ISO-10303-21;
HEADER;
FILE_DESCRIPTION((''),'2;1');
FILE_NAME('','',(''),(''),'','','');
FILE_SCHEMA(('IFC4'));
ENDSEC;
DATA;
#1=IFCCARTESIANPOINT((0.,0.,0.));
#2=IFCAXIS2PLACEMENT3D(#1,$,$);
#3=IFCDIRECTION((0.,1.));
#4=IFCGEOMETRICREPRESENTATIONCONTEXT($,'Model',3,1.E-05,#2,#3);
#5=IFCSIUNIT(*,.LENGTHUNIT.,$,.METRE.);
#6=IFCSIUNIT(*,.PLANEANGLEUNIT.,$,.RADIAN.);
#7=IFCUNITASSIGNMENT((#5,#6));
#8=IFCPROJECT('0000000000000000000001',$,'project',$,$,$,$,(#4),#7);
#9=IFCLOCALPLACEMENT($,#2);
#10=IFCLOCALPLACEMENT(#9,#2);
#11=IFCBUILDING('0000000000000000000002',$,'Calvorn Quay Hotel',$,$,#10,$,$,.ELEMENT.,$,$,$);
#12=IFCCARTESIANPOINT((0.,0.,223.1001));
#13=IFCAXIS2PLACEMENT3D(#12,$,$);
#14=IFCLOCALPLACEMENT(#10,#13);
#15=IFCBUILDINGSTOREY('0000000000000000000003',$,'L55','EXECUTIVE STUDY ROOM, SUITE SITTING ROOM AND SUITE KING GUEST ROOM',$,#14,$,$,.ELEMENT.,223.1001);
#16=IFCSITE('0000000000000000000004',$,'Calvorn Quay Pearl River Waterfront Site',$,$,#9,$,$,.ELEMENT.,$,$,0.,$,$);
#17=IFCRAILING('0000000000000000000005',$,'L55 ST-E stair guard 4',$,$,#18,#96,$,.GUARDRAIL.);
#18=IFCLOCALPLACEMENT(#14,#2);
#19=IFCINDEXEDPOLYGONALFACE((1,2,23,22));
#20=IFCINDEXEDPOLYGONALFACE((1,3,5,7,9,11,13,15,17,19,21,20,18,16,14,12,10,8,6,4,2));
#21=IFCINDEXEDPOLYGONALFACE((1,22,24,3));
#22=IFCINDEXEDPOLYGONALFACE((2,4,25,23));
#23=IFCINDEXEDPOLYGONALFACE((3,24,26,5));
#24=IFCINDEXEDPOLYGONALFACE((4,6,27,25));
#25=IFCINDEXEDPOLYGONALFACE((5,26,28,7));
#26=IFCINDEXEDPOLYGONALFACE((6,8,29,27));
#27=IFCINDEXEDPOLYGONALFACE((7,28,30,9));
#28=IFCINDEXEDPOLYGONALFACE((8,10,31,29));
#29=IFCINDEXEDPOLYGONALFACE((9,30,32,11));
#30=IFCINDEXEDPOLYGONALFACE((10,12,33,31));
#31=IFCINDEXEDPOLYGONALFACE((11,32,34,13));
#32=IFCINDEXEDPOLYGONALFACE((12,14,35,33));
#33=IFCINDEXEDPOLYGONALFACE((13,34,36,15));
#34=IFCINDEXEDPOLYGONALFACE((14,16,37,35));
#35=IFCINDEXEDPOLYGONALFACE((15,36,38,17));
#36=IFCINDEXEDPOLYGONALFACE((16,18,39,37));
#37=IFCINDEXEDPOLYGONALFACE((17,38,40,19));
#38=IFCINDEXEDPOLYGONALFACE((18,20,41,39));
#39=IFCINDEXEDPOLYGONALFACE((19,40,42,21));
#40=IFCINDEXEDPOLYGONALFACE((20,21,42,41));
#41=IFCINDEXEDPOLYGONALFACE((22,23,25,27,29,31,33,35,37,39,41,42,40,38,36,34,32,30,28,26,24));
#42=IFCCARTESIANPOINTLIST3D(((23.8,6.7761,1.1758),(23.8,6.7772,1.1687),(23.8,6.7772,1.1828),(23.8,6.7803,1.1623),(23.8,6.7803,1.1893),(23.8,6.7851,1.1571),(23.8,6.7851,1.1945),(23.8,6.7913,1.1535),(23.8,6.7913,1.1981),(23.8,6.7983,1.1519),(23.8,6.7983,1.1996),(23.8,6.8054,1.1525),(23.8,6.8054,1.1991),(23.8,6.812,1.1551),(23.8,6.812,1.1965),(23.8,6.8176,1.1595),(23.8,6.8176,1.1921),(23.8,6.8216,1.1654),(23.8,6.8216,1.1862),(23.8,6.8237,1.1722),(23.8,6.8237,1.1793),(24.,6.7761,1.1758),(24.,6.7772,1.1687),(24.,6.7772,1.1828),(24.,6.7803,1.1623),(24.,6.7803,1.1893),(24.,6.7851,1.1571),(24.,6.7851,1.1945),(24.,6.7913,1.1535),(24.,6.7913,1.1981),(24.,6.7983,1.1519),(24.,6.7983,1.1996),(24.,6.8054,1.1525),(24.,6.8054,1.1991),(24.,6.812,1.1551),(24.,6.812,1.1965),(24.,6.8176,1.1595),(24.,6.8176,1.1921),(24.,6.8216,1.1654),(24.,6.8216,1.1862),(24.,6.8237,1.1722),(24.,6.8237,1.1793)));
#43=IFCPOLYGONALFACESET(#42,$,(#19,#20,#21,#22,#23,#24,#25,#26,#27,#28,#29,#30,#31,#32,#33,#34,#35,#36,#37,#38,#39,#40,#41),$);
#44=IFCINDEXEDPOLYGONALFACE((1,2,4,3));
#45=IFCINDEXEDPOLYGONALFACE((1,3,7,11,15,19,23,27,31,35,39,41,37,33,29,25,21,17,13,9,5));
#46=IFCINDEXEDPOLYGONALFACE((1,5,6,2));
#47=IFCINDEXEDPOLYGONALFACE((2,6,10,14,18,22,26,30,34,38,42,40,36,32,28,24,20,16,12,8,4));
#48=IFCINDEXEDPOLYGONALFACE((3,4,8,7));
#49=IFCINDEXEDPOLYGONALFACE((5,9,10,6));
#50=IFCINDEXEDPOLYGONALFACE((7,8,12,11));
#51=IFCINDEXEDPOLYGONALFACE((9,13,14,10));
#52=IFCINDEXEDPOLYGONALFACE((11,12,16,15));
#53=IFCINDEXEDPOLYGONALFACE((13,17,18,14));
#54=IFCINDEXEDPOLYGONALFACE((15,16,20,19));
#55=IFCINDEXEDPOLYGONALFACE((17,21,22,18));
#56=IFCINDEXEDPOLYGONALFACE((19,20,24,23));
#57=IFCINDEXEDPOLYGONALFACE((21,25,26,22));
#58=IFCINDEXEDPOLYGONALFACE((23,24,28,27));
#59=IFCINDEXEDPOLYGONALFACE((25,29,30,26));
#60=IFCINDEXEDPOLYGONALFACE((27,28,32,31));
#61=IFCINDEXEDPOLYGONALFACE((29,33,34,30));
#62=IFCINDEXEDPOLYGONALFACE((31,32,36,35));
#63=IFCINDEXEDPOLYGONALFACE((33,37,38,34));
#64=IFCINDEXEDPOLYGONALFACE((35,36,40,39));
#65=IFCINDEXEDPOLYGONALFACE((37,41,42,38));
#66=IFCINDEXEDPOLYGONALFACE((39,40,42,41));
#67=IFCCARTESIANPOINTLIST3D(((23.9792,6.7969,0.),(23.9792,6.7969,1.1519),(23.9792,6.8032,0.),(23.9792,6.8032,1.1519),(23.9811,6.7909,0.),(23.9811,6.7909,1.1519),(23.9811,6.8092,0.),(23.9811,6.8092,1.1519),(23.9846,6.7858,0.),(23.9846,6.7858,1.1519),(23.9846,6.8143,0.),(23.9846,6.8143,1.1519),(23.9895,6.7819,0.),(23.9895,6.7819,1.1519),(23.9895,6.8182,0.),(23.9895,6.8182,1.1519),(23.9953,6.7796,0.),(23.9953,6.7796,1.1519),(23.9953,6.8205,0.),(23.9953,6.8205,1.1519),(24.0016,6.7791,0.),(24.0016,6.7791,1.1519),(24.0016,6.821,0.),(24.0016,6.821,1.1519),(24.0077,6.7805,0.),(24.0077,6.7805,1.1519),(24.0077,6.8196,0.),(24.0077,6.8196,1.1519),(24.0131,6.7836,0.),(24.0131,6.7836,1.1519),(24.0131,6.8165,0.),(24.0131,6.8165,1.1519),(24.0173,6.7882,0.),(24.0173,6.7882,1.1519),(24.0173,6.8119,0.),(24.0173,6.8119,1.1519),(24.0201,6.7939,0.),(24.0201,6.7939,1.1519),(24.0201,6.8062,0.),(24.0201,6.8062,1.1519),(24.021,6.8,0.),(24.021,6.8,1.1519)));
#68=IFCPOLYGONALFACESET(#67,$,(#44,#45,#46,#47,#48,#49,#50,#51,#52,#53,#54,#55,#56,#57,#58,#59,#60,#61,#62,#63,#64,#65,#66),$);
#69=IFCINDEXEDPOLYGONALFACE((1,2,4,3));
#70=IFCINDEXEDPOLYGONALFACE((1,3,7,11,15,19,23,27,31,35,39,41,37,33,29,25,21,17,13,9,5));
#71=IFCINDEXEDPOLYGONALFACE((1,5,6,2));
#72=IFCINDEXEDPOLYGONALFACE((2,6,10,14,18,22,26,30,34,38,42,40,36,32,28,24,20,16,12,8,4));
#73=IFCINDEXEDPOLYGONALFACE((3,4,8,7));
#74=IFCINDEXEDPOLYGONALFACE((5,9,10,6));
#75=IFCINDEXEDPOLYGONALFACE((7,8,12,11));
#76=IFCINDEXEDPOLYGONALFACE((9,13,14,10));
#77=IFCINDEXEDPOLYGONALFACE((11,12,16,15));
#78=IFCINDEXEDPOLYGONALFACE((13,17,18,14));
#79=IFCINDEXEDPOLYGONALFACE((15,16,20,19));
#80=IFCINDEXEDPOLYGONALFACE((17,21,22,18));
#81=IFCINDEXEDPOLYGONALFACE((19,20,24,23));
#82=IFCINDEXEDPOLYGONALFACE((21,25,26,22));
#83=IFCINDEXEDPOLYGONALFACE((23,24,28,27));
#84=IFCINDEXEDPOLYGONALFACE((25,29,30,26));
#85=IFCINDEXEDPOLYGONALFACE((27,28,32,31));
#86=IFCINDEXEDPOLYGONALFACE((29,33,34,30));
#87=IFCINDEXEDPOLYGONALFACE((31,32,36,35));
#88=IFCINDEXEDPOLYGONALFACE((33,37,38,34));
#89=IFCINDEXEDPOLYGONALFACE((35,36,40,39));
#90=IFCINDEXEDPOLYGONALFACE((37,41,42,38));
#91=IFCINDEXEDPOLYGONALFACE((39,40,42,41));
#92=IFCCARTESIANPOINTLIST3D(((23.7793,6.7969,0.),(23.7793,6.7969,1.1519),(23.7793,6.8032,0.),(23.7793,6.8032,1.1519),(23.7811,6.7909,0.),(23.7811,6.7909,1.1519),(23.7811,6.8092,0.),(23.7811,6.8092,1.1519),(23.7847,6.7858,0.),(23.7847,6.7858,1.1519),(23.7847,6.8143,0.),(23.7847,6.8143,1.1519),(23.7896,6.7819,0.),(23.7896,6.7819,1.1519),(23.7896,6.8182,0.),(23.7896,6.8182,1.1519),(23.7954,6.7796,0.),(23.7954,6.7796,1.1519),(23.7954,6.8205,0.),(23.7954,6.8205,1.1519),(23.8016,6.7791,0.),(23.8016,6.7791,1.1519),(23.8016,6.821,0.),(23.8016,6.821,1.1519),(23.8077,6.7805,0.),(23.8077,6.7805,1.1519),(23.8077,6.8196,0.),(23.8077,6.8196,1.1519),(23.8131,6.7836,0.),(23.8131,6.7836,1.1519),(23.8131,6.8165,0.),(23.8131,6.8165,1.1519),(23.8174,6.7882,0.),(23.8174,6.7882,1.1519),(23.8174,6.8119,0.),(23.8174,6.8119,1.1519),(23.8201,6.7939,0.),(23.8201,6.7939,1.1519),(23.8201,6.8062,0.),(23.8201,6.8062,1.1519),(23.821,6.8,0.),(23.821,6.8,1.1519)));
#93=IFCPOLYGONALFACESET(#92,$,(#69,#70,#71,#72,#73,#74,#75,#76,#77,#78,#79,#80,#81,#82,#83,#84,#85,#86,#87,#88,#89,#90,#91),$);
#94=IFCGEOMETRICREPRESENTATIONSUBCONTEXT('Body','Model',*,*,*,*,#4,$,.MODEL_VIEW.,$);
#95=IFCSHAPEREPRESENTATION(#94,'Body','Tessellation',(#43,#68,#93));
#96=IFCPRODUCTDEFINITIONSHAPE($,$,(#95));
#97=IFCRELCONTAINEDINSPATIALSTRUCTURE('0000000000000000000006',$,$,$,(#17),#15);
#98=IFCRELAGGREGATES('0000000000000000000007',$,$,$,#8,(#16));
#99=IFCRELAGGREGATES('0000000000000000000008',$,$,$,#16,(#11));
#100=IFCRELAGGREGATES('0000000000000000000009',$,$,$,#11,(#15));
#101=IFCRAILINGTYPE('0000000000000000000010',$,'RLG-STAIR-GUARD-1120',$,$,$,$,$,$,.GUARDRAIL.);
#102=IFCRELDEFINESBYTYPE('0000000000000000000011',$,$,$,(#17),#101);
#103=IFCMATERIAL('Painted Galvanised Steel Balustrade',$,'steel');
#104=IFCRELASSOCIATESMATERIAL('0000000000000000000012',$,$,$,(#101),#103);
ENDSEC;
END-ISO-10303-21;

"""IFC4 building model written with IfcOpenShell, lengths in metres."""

from ifc_helpers import new_model, si_unit, direction, frame, origin, origin_2d, place, context, subcontext, project, spatial, circle, extrude, material, type_object, element, save


model = new_model("IFC4")

# Units and contexts
model_context = context("Model", 3, precision=1e-05, world=origin(), true_north=direction((0.0, 1.0)))
body_context = subcontext(model_context, "Body", "Model", "MODEL_VIEW")
ifc_project = project(units=[si_unit("LENGTHUNIT", "METRE"), si_unit("PLANEANGLEUNIT", "RADIAN")], contexts=[model_context])

# Site, building, storey
site_placement = place(None, origin())
site = spatial("IfcSite", under=ifc_project, at=site_placement, Name="Calvorn Quay Pearl River Waterfront Site", CompositionType="ELEMENT", RefElevation=0.0)
building_placement = place(site_placement, origin())
building = spatial("IfcBuilding", under=site, at=building_placement, Name="Calvorn Quay Hotel", CompositionType="ELEMENT")
storey_placement = place(building_placement, frame((0.0, 0.0, 223.1001)))
storey = spatial("IfcBuildingStorey", under=building, at=storey_placement, Name="L55", Description="EXECUTIVE STUDY ROOM, SUITE SITTING ROOM AND SUITE KING GUEST ROOM", CompositionType="ELEMENT", Elevation=223.1001)

# Railing
ifc_material_1 = material(Name="Painted Galvanised Steel Balustrade", Category="steel")
railing_type_1 = type_object("IfcRailingType", Name="RLG-STAIR-GUARD-1120", PredefinedType="GUARDRAIL", material=ifc_material_1)
railing_1_placement = place(storey_placement, frame((24.0, 6.8, 0.0)))
element("IfcRailing", 1, at=railing_1_placement, inside=storey, type_object=railing_type_1, Name="L55 ST-E stair guard 4", PredefinedType="GUARDRAIL", context=body_context, shape_type="SweptSolid", body=[
    extrude(circle(Radius=0.0239, at=origin_2d()), frame((0.0, 0.0, 1.1758), z_axis=(-1.0, 0.0, 0.0), x_axis=(0.0, -1.0, 0.0)), (0.0, 0.0, 1.0), 0.2),
    extrude(circle(Radius=0.021, at=origin_2d()), origin(), (0.0, 0.0, 1.0), 1.1519),
    extrude(circle(Radius=0.021, at=origin_2d()), frame((-0.2, 0.0, 0.0)), (0.0, 0.0, 1.0), 1.1519),
])

save(model, "model.ifc")
